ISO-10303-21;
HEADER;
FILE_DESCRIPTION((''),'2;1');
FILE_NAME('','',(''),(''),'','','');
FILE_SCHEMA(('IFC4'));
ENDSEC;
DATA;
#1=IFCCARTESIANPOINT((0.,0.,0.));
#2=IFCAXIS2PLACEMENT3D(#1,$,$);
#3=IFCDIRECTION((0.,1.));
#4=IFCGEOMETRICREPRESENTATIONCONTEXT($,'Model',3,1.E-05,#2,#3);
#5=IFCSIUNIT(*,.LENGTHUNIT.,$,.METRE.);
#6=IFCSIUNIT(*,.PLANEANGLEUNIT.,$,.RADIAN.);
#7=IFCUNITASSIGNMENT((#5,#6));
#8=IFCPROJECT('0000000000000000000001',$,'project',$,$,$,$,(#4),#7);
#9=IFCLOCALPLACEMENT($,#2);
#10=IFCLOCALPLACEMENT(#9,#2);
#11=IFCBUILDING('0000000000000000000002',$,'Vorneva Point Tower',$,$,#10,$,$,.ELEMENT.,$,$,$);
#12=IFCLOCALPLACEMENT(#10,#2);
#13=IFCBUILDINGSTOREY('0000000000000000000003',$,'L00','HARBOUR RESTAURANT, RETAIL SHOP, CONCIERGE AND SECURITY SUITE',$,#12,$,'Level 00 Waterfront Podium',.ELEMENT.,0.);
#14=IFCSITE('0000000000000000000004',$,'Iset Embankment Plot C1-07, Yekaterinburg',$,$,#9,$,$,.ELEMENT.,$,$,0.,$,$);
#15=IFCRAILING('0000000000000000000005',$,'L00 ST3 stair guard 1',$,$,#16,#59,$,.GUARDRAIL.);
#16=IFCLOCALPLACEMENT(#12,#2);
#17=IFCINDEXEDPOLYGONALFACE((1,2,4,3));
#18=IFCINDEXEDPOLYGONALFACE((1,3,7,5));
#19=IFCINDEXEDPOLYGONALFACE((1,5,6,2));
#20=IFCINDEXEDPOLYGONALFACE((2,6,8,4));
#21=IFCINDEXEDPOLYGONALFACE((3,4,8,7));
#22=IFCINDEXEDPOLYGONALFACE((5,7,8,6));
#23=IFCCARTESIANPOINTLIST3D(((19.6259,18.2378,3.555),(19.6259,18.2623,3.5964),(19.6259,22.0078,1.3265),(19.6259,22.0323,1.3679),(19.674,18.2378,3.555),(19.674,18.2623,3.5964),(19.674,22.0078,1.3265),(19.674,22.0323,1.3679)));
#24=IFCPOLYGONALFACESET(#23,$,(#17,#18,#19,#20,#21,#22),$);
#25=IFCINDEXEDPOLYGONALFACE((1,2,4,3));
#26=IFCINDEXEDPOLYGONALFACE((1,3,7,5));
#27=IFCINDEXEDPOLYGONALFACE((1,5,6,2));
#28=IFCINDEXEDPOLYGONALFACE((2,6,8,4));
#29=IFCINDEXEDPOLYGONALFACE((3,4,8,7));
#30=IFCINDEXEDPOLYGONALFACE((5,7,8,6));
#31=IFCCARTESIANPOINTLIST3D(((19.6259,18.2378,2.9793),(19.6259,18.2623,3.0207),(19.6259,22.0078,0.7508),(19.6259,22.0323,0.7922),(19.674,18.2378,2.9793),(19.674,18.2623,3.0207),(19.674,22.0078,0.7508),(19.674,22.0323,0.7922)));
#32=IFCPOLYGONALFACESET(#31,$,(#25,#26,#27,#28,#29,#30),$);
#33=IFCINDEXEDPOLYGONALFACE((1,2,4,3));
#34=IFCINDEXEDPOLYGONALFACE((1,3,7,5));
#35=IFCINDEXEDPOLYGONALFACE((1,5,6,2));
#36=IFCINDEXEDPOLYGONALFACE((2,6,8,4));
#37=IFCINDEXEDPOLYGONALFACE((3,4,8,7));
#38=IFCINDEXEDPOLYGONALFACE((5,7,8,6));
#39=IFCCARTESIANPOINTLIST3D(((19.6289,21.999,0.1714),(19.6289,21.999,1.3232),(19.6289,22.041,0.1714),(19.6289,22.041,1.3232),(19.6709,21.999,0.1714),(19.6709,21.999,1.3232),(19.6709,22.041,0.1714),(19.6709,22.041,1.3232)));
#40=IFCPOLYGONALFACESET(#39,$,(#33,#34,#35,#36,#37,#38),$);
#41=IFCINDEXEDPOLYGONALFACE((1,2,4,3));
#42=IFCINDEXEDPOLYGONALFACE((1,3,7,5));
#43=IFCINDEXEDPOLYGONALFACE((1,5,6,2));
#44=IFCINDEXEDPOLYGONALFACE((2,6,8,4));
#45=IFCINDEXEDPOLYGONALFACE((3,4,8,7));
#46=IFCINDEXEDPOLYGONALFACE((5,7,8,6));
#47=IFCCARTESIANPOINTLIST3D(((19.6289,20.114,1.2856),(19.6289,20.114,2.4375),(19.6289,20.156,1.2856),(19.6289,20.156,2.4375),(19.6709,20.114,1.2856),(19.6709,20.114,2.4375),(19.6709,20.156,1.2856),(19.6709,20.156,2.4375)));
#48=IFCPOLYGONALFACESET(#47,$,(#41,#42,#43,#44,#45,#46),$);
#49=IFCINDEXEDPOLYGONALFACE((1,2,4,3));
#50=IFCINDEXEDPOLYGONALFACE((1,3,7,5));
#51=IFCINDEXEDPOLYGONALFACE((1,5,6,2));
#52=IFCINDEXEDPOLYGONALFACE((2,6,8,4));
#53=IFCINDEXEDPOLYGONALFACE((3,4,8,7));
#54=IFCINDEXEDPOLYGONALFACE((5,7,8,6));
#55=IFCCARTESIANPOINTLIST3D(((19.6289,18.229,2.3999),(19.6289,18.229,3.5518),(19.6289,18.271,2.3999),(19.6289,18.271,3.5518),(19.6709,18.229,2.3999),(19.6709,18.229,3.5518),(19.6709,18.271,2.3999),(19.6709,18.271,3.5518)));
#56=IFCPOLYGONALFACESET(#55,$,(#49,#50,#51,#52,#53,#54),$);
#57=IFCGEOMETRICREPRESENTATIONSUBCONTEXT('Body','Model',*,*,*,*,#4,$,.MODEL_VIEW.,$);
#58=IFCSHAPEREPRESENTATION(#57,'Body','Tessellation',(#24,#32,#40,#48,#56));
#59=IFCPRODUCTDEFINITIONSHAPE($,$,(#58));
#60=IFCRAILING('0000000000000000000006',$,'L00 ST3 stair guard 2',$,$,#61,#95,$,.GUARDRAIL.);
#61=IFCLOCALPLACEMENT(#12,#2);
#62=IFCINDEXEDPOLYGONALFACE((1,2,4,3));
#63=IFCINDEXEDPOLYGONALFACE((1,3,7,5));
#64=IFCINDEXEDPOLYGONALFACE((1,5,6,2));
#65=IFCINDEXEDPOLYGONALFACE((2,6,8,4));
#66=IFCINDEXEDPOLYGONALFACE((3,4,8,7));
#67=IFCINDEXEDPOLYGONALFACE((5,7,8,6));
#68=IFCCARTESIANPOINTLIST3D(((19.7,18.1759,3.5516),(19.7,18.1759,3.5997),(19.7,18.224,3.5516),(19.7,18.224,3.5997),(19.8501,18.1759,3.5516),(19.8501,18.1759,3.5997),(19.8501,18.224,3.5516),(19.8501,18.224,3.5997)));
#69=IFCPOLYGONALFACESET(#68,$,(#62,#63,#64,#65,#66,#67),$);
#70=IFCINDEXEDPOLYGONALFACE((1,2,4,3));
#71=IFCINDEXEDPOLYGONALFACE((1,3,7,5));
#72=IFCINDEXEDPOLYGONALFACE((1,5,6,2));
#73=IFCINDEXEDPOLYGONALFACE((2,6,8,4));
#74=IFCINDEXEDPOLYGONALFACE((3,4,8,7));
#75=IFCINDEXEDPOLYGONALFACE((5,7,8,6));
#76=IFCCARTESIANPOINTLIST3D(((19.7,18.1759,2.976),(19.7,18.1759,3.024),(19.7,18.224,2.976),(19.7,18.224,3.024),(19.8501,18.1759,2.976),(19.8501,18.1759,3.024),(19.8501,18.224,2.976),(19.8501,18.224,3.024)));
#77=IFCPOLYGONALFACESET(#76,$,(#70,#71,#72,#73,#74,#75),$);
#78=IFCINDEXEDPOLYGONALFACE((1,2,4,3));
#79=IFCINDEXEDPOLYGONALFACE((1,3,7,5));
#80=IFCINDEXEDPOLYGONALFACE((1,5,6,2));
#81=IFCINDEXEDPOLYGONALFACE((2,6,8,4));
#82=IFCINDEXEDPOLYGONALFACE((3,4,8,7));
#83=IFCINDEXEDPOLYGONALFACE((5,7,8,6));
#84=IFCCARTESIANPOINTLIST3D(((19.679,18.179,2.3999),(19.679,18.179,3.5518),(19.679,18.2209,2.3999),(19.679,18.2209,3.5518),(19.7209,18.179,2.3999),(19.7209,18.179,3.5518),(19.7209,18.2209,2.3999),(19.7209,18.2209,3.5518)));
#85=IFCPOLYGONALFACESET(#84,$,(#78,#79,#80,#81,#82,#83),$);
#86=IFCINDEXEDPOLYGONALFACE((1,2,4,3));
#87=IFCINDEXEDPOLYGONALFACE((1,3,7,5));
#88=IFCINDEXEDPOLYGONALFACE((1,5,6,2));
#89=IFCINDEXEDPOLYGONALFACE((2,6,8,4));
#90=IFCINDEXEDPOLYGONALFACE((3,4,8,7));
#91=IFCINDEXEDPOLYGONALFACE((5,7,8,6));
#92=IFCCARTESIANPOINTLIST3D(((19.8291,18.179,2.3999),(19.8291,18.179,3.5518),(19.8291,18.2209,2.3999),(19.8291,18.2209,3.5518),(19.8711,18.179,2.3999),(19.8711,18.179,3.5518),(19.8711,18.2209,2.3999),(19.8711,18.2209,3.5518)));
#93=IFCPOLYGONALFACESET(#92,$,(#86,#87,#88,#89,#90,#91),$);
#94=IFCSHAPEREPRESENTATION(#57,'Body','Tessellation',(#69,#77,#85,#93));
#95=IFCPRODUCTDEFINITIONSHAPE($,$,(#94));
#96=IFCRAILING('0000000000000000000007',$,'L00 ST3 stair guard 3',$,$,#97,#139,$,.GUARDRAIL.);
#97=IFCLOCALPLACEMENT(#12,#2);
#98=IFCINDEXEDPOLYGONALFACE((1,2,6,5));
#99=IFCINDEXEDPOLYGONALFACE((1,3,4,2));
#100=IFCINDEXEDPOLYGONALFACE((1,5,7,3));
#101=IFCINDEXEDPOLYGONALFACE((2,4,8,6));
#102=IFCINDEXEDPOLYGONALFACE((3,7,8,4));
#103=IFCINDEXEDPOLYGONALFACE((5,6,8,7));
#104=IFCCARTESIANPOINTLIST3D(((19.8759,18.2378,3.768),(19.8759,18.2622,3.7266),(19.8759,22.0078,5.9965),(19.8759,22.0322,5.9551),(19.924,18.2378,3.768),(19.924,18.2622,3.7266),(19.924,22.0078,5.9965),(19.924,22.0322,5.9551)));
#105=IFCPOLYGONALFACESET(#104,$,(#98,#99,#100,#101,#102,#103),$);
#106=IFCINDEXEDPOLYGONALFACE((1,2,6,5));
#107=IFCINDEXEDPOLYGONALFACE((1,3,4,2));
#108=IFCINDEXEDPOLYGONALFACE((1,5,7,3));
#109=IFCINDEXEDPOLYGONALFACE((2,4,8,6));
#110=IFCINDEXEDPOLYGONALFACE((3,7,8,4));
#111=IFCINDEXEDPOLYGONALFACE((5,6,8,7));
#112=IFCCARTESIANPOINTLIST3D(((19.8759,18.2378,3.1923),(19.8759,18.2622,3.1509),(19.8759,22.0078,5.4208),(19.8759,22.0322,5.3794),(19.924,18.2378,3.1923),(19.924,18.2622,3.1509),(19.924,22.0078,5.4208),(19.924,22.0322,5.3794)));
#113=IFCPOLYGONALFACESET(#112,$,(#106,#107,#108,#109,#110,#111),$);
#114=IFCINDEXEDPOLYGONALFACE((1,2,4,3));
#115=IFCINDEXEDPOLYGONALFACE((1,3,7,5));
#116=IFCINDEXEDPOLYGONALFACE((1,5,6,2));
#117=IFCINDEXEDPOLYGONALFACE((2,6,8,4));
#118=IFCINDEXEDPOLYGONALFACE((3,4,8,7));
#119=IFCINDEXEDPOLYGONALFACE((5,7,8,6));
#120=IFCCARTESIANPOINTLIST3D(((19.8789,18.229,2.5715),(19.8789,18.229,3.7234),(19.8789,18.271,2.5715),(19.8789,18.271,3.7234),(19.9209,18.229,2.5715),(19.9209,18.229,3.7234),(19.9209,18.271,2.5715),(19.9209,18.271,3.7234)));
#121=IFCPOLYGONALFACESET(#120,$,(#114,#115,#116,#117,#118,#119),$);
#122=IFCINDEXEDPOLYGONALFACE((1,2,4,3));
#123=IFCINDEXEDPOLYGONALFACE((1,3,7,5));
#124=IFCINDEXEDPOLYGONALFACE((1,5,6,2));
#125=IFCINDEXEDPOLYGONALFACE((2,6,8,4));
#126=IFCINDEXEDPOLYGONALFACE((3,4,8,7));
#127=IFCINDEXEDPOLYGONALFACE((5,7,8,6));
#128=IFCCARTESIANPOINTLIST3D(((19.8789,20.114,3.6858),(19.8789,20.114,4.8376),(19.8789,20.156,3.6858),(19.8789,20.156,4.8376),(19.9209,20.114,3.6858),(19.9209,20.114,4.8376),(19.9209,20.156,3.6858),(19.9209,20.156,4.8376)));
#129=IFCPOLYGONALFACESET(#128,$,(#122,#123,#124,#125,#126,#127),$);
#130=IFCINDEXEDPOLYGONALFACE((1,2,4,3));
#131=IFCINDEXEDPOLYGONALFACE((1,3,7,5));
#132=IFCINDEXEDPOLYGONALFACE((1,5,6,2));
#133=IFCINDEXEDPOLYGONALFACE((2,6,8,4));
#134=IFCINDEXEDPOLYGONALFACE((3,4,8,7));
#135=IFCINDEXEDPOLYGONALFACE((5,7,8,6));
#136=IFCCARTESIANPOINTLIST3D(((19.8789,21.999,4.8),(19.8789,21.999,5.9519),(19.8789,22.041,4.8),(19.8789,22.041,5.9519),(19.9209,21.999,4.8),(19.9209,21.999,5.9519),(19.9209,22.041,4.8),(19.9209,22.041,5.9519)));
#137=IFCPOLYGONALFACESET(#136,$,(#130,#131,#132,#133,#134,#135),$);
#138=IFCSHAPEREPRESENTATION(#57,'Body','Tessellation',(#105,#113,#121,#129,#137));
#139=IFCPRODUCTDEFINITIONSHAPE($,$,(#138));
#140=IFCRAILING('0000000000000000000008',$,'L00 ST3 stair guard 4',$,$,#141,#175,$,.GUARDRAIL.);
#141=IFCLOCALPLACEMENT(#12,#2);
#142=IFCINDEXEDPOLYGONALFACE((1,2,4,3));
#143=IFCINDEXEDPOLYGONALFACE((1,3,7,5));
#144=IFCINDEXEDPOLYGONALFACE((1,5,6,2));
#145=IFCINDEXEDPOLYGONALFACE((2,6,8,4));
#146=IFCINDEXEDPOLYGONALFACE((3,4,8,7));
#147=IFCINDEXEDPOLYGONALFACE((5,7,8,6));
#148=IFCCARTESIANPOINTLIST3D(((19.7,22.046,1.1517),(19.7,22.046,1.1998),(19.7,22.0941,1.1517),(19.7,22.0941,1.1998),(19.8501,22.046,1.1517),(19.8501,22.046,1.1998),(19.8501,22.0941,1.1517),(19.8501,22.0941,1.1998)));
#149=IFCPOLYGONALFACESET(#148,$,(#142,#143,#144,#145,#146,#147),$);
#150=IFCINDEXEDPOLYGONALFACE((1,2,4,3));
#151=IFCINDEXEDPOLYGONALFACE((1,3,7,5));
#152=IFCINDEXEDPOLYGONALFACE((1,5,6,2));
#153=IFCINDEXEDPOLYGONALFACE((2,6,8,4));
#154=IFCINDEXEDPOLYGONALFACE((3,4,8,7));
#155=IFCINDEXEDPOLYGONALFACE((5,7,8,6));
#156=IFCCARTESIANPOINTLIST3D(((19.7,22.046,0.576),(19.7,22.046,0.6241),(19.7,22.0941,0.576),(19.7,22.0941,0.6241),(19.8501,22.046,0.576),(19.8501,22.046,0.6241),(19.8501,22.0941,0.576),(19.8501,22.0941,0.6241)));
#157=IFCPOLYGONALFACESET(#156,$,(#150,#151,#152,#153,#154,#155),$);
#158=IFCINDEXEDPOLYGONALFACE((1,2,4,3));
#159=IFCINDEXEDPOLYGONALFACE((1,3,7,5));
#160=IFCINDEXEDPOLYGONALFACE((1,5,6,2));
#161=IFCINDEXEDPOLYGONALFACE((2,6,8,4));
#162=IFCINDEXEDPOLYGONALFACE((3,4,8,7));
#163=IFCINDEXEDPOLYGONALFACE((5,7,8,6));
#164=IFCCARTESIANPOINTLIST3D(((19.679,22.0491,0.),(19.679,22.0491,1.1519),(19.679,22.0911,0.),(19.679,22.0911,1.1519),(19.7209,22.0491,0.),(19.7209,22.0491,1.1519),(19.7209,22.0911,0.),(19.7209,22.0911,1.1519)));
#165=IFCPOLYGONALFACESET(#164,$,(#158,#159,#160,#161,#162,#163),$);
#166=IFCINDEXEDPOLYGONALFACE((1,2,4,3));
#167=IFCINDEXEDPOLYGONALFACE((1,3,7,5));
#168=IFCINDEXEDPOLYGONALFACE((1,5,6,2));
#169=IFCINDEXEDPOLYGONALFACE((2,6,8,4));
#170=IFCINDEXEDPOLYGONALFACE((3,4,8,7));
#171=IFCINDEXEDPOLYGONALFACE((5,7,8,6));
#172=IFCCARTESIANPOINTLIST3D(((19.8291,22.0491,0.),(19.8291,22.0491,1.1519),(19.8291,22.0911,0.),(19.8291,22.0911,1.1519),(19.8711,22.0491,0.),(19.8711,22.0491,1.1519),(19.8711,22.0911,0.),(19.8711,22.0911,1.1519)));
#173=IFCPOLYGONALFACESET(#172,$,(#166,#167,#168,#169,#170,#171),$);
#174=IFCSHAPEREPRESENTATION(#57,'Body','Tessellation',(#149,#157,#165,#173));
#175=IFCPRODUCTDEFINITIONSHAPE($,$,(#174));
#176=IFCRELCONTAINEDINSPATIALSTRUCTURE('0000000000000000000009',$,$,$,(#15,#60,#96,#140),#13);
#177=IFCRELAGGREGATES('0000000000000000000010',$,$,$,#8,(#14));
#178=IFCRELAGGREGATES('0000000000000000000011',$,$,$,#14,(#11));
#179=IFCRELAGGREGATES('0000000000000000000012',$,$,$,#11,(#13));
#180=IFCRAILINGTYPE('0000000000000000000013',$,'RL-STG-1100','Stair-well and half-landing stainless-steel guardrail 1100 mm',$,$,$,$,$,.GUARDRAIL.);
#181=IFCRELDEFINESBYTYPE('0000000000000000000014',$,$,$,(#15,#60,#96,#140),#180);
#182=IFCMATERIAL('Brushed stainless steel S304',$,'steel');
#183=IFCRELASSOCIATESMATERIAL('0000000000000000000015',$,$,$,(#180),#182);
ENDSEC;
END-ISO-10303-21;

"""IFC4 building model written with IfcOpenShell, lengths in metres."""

from ifc_helpers import new_model, si_unit, direction, frame, origin, origin_2d, place, context, subcontext, project, spatial, rectangle, extrude, material, type_object, element, save


model = new_model("IFC4")

# Units and contexts
model_context = context("Model", 3, precision=1e-05, world=origin(), true_north=direction((0.0, 1.0)))
body_context = subcontext(model_context, "Body", "Model", "MODEL_VIEW")
ifc_project = project(units=[si_unit("LENGTHUNIT", "METRE"), si_unit("PLANEANGLEUNIT", "RADIAN")], contexts=[model_context])

# Site, building, storey
site_placement = place(None, origin())
site = spatial("IfcSite", under=ifc_project, at=site_placement, Name="Iset Embankment Plot C1-07, Yekaterinburg", CompositionType="ELEMENT", RefElevation=0.0)
building_placement = place(site_placement, origin())
building = spatial("IfcBuilding", under=site, at=building_placement, Name="Vorneva Point Tower", CompositionType="ELEMENT")
storey_placement = place(building_placement, origin())
storey = spatial("IfcBuildingStorey", under=building, at=storey_placement, Name="L00", Description="HARBOUR RESTAURANT, RETAIL SHOP, CONCIERGE AND SECURITY SUITE", LongName="Level 00 Waterfront Podium", CompositionType="ELEMENT", Elevation=0.0)

# Railings
ifc_material_1 = material(Name="Brushed stainless steel S304", Category="steel")
railing_type_1 = type_object("IfcRailingType", Name="RL-STG-1100", Description="Stair-well and half-landing stainless-steel guardrail 1100 mm", PredefinedType="GUARDRAIL", material=ifc_material_1)
railing_1_placement = place(storey_placement, frame((19.6499, 22.02, 0.1714)))
element("IfcRailing", 1, at=railing_1_placement, inside=storey, type_object=railing_type_1, Name="L00 ST3 stair guard 1", PredefinedType="GUARDRAIL", context=body_context, shape_type="SweptSolid", body=[
    extrude(rectangle(XDim=0.0481, YDim=0.0481, at=origin_2d()), frame((0.0, 0.0, 1.1758), z_axis=(0.0, -0.860849, 0.508861), x_axis=(1.0, 0.0, 0.0)), (0.0, 0.0, 1.0), 4.3794),
    extrude(rectangle(XDim=0.0481, YDim=0.0481, at=origin_2d()), frame((0.0, 0.0, 0.6001), z_axis=(0.0, -0.860849, 0.508861), x_axis=(1.0, 0.0, 0.0)), (0.0, 0.0, 1.0), 4.3794),
    extrude(rectangle(XDim=0.042, YDim=0.042, at=origin_2d()), origin(), (0.0, 0.0, 1.0), 1.1519),
    extrude(rectangle(XDim=0.042, YDim=0.042, at=origin_2d()), frame((0.0, -1.885, 1.1143)), (0.0, 0.0, 1.0), 1.1519),
    extrude(rectangle(XDim=0.042, YDim=0.042, at=origin_2d()), frame((0.0, -3.77, 2.2285)), (0.0, 0.0, 1.0), 1.1519),
])
railing_2_placement = place(storey_placement, frame((19.7, 18.2, 2.3999)))
element("IfcRailing", 2, at=railing_2_placement, inside=storey, type_object=railing_type_1, Name="L00 ST3 stair guard 2", PredefinedType="GUARDRAIL", context=body_context, shape_type="SweptSolid", body=[
    extrude(rectangle(XDim=0.0481, YDim=0.0481, at=origin_2d()), frame((0.0, 0.0, 1.1758), z_axis=(1.0, 0.0, 0.0), x_axis=(0.0, 1.0, 0.0)), (0.0, 0.0, 1.0), 0.1501),
    extrude(rectangle(XDim=0.0481, YDim=0.0481, at=origin_2d()), frame((0.0, 0.0, 0.6001), z_axis=(1.0, 0.0, 0.0), x_axis=(0.0, 1.0, 0.0)), (0.0, 0.0, 1.0), 0.1501),
    extrude(rectangle(XDim=0.042, YDim=0.042, at=origin_2d()), origin(), (0.0, 0.0, 1.0), 1.1519),
    extrude(rectangle(XDim=0.042, YDim=0.042, at=origin_2d()), frame((0.1501, 0.0, 0.0)), (0.0, 0.0, 1.0), 1.1519),
])
railing_3_placement = place(storey_placement, frame((19.8999, 18.25, 2.5715)))
element("IfcRailing", 3, at=railing_3_placement, inside=storey, type_object=railing_type_1, Name="L00 ST3 stair guard 3", PredefinedType="GUARDRAIL", context=body_context, shape_type="SweptSolid", body=[
    extrude(rectangle(XDim=0.0481, YDim=0.0481, at=origin_2d()), frame((0.0, 0.0, 1.1758), z_axis=(0.0, 0.860849, 0.508861), x_axis=(-1.0, 0.0, 0.0)), (0.0, 0.0, 1.0), 4.3794),
    extrude(rectangle(XDim=0.0481, YDim=0.0481, at=origin_2d()), frame((0.0, 0.0, 0.6001), z_axis=(0.0, 0.860849, 0.508861), x_axis=(-1.0, 0.0, 0.0)), (0.0, 0.0, 1.0), 4.3794),
    extrude(rectangle(XDim=0.042, YDim=0.042, at=origin_2d()), origin(), (0.0, 0.0, 1.0), 1.1519),
    extrude(rectangle(XDim=0.042, YDim=0.042, at=origin_2d()), frame((0.0, 1.885, 1.1143)), (0.0, 0.0, 1.0), 1.1519),
    extrude(rectangle(XDim=0.042, YDim=0.042, at=origin_2d()), frame((0.0, 3.77, 2.2285)), (0.0, 0.0, 1.0), 1.1519),
])
railing_4_placement = place(storey_placement, frame((19.7, 22.0701, 0.0)))
element("IfcRailing", 4, at=railing_4_placement, inside=storey, type_object=railing_type_1, Name="L00 ST3 stair guard 4", PredefinedType="GUARDRAIL", context=body_context, shape_type="SweptSolid", body=[
    extrude(rectangle(XDim=0.0481, YDim=0.0481, at=origin_2d()), frame((0.0, 0.0, 1.1758), z_axis=(1.0, 0.0, 0.0), x_axis=(0.0, 1.0, 0.0)), (0.0, 0.0, 1.0), 0.1501),
    extrude(rectangle(XDim=0.0481, YDim=0.0481, at=origin_2d()), frame((0.0, 0.0, 0.6001), z_axis=(1.0, 0.0, 0.0), x_axis=(0.0, 1.0, 0.0)), (0.0, 0.0, 1.0), 0.1501),
    extrude(rectangle(XDim=0.042, YDim=0.042, at=origin_2d()), origin(), (0.0, 0.0, 1.0), 1.1519),
    extrude(rectangle(XDim=0.042, YDim=0.042, at=origin_2d()), frame((0.1501, 0.0, 0.0)), (0.0, 0.0, 1.0), 1.1519),
])

save(model, "model.ifc")
